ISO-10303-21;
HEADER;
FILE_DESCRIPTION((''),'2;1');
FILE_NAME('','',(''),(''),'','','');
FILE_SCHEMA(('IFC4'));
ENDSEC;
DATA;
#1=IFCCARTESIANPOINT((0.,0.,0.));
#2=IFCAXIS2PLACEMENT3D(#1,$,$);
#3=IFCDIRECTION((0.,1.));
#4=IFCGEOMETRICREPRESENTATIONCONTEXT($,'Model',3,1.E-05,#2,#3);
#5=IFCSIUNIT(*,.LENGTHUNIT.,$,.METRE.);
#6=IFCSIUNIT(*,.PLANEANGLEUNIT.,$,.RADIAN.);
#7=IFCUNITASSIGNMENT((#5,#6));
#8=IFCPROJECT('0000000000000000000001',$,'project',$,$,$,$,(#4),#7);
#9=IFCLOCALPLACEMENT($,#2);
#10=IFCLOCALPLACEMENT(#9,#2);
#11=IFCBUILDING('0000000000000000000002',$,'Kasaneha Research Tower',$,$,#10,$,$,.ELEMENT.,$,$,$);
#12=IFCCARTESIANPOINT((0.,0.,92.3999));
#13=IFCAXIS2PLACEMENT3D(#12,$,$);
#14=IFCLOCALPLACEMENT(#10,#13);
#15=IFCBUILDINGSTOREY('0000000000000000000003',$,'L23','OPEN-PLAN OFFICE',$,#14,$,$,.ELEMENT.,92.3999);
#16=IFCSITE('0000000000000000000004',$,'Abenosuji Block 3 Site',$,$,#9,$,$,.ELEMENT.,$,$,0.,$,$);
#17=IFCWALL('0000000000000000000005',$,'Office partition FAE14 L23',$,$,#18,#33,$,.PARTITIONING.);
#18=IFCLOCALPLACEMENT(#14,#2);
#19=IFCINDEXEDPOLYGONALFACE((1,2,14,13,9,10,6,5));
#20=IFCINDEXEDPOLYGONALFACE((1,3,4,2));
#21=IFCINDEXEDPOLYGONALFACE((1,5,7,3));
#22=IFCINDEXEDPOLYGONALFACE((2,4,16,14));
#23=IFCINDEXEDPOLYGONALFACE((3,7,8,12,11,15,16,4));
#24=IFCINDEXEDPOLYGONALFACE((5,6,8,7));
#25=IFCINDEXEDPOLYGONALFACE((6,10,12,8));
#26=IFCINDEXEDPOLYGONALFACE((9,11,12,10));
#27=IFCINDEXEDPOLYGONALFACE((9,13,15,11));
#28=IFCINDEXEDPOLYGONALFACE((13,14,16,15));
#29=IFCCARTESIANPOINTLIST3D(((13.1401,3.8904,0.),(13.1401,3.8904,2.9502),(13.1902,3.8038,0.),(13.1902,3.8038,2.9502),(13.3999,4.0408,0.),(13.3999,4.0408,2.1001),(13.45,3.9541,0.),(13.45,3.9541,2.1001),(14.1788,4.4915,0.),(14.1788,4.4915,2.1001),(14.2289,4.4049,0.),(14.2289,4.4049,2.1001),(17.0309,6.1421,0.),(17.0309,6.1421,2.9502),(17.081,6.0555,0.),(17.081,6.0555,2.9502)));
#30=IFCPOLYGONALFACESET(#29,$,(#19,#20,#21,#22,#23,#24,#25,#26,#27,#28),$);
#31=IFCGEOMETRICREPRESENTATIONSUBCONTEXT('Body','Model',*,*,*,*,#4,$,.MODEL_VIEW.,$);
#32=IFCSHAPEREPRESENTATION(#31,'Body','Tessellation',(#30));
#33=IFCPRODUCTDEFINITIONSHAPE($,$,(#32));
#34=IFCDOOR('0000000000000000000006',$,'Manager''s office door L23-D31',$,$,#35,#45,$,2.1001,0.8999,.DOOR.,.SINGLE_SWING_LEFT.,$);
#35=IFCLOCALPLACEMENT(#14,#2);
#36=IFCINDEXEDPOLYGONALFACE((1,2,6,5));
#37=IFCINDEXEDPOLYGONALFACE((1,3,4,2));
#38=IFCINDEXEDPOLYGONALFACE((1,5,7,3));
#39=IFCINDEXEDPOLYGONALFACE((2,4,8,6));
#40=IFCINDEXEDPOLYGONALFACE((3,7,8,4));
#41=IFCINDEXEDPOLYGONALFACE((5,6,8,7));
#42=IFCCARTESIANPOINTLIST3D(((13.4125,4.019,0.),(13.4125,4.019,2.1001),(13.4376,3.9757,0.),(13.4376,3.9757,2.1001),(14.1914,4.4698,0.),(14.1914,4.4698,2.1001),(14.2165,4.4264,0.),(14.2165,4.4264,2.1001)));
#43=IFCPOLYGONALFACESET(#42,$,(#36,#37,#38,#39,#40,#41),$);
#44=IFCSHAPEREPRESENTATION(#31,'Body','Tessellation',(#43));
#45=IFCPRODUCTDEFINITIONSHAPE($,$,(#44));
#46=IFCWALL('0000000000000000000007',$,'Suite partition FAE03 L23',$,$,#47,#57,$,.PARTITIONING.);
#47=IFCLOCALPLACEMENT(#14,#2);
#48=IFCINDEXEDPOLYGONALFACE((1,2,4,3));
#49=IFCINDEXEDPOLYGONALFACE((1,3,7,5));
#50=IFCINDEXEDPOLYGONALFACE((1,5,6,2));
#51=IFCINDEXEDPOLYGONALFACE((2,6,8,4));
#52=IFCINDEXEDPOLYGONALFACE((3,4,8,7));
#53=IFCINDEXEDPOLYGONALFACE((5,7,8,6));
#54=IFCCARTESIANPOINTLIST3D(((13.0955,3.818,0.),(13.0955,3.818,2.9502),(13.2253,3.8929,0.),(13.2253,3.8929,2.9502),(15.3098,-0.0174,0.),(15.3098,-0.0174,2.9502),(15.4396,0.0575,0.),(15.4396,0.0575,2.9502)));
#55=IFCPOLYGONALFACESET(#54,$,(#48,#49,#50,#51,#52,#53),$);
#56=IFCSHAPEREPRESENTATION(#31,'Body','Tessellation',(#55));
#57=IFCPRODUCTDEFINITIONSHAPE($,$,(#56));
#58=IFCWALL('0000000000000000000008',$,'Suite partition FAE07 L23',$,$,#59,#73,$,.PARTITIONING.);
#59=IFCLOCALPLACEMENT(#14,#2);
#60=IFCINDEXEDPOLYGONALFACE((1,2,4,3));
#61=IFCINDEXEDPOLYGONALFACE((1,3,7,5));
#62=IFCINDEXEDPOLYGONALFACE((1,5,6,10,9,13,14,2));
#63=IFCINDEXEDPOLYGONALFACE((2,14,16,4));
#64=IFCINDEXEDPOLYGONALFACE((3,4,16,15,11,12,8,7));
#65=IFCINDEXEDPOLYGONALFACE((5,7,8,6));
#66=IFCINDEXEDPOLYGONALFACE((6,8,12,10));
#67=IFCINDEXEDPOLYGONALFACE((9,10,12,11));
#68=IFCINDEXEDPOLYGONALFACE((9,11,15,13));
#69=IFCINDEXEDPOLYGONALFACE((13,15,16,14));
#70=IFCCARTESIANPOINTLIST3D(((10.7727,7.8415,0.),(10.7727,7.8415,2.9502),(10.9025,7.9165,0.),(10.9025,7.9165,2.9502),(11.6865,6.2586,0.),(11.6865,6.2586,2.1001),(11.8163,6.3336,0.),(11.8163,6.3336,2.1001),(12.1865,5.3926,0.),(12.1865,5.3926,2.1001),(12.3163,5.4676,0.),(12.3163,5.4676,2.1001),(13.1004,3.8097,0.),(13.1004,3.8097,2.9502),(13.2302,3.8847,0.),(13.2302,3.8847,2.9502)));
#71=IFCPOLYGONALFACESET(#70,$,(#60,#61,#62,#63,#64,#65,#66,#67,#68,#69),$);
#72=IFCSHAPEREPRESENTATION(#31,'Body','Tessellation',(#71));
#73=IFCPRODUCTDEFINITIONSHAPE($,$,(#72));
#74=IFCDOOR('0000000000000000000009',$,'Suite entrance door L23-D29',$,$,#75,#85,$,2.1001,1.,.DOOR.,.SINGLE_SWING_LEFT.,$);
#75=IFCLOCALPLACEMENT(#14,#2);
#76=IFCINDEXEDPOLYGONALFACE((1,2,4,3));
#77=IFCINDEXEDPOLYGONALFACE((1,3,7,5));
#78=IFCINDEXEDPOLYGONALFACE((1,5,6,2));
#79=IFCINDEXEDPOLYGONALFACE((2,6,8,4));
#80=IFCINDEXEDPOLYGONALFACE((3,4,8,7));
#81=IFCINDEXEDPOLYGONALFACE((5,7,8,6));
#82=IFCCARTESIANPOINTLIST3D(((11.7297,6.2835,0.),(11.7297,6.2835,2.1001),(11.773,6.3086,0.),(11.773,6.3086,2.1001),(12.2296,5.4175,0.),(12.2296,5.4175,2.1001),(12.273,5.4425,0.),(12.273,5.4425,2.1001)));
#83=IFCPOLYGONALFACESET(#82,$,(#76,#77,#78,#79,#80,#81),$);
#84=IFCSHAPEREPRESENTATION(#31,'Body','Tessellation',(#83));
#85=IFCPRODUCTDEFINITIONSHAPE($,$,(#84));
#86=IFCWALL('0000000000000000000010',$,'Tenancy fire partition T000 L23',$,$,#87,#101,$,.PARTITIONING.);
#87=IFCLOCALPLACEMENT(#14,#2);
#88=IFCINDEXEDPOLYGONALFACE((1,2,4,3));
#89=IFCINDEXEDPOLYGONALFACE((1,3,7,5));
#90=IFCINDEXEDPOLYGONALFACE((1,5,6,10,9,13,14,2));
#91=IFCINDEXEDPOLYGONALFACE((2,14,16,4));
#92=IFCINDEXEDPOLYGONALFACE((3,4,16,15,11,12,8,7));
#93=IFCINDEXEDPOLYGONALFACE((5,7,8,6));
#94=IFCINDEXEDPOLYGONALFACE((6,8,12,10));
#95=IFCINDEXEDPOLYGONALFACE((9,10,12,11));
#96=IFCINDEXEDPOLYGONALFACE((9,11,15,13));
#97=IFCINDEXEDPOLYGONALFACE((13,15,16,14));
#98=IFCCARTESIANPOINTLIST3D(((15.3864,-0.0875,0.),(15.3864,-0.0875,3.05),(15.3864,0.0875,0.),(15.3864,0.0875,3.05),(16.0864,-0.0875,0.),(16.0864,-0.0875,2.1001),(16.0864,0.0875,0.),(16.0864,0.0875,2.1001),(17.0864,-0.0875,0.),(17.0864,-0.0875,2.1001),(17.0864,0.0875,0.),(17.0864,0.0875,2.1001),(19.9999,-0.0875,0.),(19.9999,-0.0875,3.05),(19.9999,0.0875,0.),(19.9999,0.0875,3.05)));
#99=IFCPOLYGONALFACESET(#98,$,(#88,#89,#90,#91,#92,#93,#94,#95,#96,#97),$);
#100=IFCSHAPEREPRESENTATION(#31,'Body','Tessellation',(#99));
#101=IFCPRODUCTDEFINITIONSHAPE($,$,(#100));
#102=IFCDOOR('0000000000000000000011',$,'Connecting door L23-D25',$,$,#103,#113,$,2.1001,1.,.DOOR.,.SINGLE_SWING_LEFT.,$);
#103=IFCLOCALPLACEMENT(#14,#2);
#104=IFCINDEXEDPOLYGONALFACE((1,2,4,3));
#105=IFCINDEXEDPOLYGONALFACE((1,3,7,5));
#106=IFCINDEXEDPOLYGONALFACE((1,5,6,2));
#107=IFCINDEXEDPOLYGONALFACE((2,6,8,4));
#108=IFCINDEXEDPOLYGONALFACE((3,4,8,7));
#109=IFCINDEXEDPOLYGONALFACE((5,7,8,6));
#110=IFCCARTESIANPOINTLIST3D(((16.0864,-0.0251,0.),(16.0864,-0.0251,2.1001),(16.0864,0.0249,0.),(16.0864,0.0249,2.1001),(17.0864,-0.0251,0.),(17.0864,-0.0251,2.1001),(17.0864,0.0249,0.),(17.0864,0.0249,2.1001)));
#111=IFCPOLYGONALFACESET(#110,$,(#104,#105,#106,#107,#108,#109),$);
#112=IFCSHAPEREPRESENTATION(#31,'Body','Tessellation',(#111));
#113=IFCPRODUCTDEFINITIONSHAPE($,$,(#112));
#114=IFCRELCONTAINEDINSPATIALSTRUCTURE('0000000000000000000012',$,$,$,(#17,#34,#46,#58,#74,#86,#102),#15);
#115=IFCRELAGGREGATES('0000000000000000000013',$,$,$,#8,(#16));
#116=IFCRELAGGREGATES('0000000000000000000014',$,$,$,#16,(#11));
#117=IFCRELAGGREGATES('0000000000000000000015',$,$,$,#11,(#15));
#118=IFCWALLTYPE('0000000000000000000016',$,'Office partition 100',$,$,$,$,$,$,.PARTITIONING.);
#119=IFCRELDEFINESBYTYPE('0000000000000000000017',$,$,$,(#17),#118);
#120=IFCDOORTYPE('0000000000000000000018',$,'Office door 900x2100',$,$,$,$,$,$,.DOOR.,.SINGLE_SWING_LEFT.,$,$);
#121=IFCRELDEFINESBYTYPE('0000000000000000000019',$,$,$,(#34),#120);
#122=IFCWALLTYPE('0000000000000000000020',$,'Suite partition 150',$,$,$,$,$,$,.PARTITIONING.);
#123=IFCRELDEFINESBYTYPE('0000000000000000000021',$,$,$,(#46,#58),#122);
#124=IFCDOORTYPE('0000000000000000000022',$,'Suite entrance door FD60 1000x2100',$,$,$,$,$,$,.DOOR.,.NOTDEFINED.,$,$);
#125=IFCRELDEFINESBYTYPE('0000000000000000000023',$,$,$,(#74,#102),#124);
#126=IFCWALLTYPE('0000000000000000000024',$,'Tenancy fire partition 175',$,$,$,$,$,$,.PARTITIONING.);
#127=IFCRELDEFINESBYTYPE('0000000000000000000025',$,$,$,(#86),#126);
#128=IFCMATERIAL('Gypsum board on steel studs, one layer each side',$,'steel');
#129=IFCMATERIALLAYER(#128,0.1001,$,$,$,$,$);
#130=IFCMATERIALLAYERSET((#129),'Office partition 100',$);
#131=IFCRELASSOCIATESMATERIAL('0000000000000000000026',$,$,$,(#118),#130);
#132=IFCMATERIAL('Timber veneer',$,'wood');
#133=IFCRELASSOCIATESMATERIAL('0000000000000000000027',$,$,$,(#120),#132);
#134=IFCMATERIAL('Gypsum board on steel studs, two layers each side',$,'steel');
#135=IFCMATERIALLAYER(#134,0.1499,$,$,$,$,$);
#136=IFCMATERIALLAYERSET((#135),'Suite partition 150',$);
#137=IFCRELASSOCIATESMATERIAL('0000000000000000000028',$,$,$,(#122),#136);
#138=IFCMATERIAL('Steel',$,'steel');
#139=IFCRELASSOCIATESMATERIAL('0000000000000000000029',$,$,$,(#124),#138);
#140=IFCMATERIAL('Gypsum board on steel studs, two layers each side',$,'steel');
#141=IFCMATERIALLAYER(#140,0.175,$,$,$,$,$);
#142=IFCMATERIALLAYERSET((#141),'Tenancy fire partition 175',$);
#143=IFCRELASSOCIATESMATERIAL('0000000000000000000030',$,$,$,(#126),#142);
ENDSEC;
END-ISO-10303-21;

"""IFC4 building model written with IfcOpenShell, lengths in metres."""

from ifc_helpers import new_model, si_unit, direction, frame, frame_2d, origin, place, context, subcontext, project, spatial, rectangle, extrude, material, layer, layer_set, type_object, element, fill, save


model = new_model("IFC4")

# Units and contexts
model_context = context("Model", 3, precision=1e-05, world=origin(), true_north=direction((0.0, 1.0)))
body_context = subcontext(model_context, "Body", "Model", "MODEL_VIEW")
ifc_project = project(units=[si_unit("LENGTHUNIT", "METRE"), si_unit("PLANEANGLEUNIT", "RADIAN")], contexts=[model_context])

# Site, building, storey
site_placement = place(None, origin())
site = spatial("IfcSite", under=ifc_project, at=site_placement, Name="Abenosuji Block 3 Site", CompositionType="ELEMENT", RefElevation=0.0)
building_placement = place(site_placement, origin())
building = spatial("IfcBuilding", under=site, at=building_placement, Name="Kasaneha Research Tower", CompositionType="ELEMENT")
storey_placement = place(building_placement, frame((0.0, 0.0, 92.3999)))
storey = spatial("IfcBuildingStorey", under=building, at=storey_placement, Name="L23", Description="OPEN-PLAN OFFICE", CompositionType="ELEMENT", Elevation=92.3999)

# Shared definitions
ifc_material_1 = material(Name="Gypsum board on steel studs, one layer each side", Category="steel")
ifc_layer_1 = layer(ifc_material_1, 0.1001)
ifc_layer_set_1 = layer_set([ifc_layer_1], Name="Office partition 100")
wall_type_1 = type_object("IfcWallType", Name="Office partition 100", PredefinedType="PARTITIONING", material=ifc_layer_set_1)

# Wall, opening, door
wall_1_placement = place(storey_placement, frame((13.1653, 3.8472, 0.0), z_axis=(0.0, 0.0, 1.0), x_axis=(0.865513, 0.500886, 0.0)))
wall_1 = element("IfcWall", 1, at=wall_1_placement, inside=storey, type_object=wall_type_1, Name="Office partition FAE14 L23", PredefinedType="PARTITIONING", context=body_context, shape_type="SweptSolid", body=[
    extrude(rectangle(XDim=4.4954, YDim=0.1001, at=frame_2d((2.2476, 0.0))), origin(), (0.0, 0.0, 1.0), 2.9502),
])
opening_1_placement = place(wall_1_placement, frame((0.3, 0.0, 0.0)))
opening_1 = element("IfcOpeningElement", 2, at=opening_1_placement, cuts=wall_1, PredefinedType="OPENING", context=body_context, shape_type="SweptSolid", body=[
    extrude(rectangle(XDim=0.8999, YDim=2.1001, at=frame_2d((0.45, 1.05))), frame((0.0, 0.0601, 0.0), z_axis=(0.0, -1.0, 0.0), x_axis=(1.0, 0.0, 0.0)), (0.0, 0.0, 1.0), 0.1201),
])
ifc_material_2 = material(Name="Timber veneer", Category="wood")
door_type_1 = type_object("IfcDoorType", Name="Office door 900x2100", OperationType="SINGLE_SWING_LEFT", PredefinedType="DOOR", material=ifc_material_2)
door_1_placement = place(opening_1_placement, origin())
door_1 = element("IfcDoor", 3, at=door_1_placement, inside=storey, type_object=door_type_1, Name="Manager's office door L23-D31", OperationType="SINGLE_SWING_LEFT", OverallHeight=2.1001, OverallWidth=0.8999, PredefinedType="DOOR", context=body_context, shape_type="SweptSolid", body=[
    extrude(rectangle(XDim=0.8999, YDim=2.1001, at=frame_2d((0.45, 1.05))), frame((0.0, 0.0249, 0.0), z_axis=(0.0, -1.0, 0.0), x_axis=(1.0, 0.0, 0.0)), (0.0, 0.0, 1.0), 0.05),
])
fill(opening_1, door_1)

# Wall
ifc_material_3 = material(Name="Gypsum board on steel studs, two layers each side", Category="steel")
ifc_layer_2 = layer(ifc_material_3, 0.1499)
ifc_layer_set_2 = layer_set([ifc_layer_2], Name="Suite partition 150")
wall_type_2 = type_object("IfcWallType", Name="Suite partition 150", PredefinedType="PARTITIONING", material=ifc_layer_set_2)
wall_2_placement = place(storey_placement, frame((13.1604, 3.8555, 0.0), z_axis=(0.0, 0.0, 1.0), x_axis=(0.499993, -0.86603, 0.0)))
element("IfcWall", 4, at=wall_2_placement, inside=storey, type_object=wall_type_2, Name="Suite partition FAE03 L23", PredefinedType="PARTITIONING", context=body_context, shape_type="SweptSolid", body=[
    extrude(rectangle(XDim=4.4287, YDim=0.1499, at=frame_2d((2.2144, 0.0))), origin(), (0.0, 0.0, 1.0), 2.9502),
])

# Walls, openings, doors
wall_3_placement = place(storey_placement, frame((10.8376, 7.8789, 0.0), z_axis=(0.0, 0.0, 1.0), x_axis=(0.499986, -0.866034, 0.0)))
wall_3 = element("IfcWall", 5, at=wall_3_placement, inside=storey, type_object=wall_type_2, Name="Suite partition FAE07 L23", PredefinedType="PARTITIONING", context=body_context, shape_type="SweptSolid", body=[
    extrude(rectangle(XDim=4.6555, YDim=0.1499, at=frame_2d((2.3276, 0.0))), origin(), (0.0, 0.0, 1.0), 2.9502),
])
opening_2_placement = place(wall_3_placement, frame((1.8276, 0.0, 0.0)))
opening_2 = element("IfcOpeningElement", 6, at=opening_2_placement, cuts=wall_3, PredefinedType="OPENING", context=body_context, shape_type="SweptSolid", body=[
    extrude(rectangle(XDim=1.0, YDim=2.1001, at=frame_2d((0.5, 1.05))), frame((0.0, 0.085, 0.0), z_axis=(0.0, -1.0, 0.0), x_axis=(1.0, 0.0, 0.0)), (0.0, 0.0, 1.0), 0.1699),
])
ifc_material_4 = material(Name="Steel", Category="steel")
door_type_2 = type_object("IfcDoorType", Name="Suite entrance door FD60 1000x2100", OperationType="NOTDEFINED", PredefinedType="DOOR", material=ifc_material_4)
door_2_placement = place(opening_2_placement, origin())
door_2 = element("IfcDoor", 7, at=door_2_placement, inside=storey, type_object=door_type_2, Name="Suite entrance door L23-D29", OperationType="SINGLE_SWING_LEFT", OverallHeight=2.1001, OverallWidth=1.0, PredefinedType="DOOR", context=body_context, shape_type="SweptSolid", body=[
    extrude(rectangle(XDim=1.0, YDim=2.1001, at=frame_2d((0.5, 1.05))), frame((0.0, 0.0249, 0.0), z_axis=(0.0, -1.0, 0.0), x_axis=(1.0, 0.0, 0.0)), (0.0, 0.0, 1.0), 0.05),
])
fill(opening_2, door_2)
ifc_material_5 = material(Name="Gypsum board on steel studs, two layers each side", Category="steel")
ifc_layer_3 = layer(ifc_material_5, 0.175)
ifc_layer_set_3 = layer_set([ifc_layer_3], Name="Tenancy fire partition 175")
wall_type_3 = type_object("IfcWallType", Name="Tenancy fire partition 175", PredefinedType="PARTITIONING", material=ifc_layer_set_3)
wall_4_placement = place(storey_placement, frame((15.3865, 0.0, 0.0), z_axis=(0.0, 0.0, 1.0), x_axis=(1.0, 0.0, 0.0)))
wall_4 = element("IfcWall", 8, at=wall_4_placement, inside=storey, type_object=wall_type_3, Name="Tenancy fire partition T000 L23", PredefinedType="PARTITIONING", context=body_context, shape_type="SweptSolid", body=[
    extrude(rectangle(XDim=4.6135, YDim=0.175, at=frame_2d((2.3066, 0.0))), origin(), (0.0, 0.0, 1.0), 3.05),
])
opening_3_placement = place(wall_4_placement, frame((0.7, 0.0, 0.0)))
opening_3 = element("IfcOpeningElement", 9, at=opening_3_placement, cuts=wall_4, PredefinedType="OPENING", context=body_context, shape_type="SweptSolid", body=[
    extrude(rectangle(XDim=1.0, YDim=2.1001, at=frame_2d((0.5, 1.05))), frame((0.0, 0.0977, 0.0), z_axis=(0.0, -1.0, 0.0), x_axis=(1.0, 0.0, 0.0)), (0.0, 0.0, 1.0), 0.1951),
])
door_3_placement = place(opening_3_placement, origin())
door_3 = element("IfcDoor", 10, at=door_3_placement, inside=storey, type_object=door_type_2, Name="Connecting door L23-D25", OperationType="SINGLE_SWING_LEFT", OverallHeight=2.1001, OverallWidth=1.0, PredefinedType="DOOR", context=body_context, shape_type="SweptSolid", body=[
    extrude(rectangle(XDim=1.0, YDim=2.1001, at=frame_2d((0.5, 1.05))), frame((0.0, 0.0249, 0.0), z_axis=(0.0, -1.0, 0.0), x_axis=(1.0, 0.0, 0.0)), (0.0, 0.0, 1.0), 0.05),
])
fill(opening_3, door_3)

save(model, "model.ifc")
